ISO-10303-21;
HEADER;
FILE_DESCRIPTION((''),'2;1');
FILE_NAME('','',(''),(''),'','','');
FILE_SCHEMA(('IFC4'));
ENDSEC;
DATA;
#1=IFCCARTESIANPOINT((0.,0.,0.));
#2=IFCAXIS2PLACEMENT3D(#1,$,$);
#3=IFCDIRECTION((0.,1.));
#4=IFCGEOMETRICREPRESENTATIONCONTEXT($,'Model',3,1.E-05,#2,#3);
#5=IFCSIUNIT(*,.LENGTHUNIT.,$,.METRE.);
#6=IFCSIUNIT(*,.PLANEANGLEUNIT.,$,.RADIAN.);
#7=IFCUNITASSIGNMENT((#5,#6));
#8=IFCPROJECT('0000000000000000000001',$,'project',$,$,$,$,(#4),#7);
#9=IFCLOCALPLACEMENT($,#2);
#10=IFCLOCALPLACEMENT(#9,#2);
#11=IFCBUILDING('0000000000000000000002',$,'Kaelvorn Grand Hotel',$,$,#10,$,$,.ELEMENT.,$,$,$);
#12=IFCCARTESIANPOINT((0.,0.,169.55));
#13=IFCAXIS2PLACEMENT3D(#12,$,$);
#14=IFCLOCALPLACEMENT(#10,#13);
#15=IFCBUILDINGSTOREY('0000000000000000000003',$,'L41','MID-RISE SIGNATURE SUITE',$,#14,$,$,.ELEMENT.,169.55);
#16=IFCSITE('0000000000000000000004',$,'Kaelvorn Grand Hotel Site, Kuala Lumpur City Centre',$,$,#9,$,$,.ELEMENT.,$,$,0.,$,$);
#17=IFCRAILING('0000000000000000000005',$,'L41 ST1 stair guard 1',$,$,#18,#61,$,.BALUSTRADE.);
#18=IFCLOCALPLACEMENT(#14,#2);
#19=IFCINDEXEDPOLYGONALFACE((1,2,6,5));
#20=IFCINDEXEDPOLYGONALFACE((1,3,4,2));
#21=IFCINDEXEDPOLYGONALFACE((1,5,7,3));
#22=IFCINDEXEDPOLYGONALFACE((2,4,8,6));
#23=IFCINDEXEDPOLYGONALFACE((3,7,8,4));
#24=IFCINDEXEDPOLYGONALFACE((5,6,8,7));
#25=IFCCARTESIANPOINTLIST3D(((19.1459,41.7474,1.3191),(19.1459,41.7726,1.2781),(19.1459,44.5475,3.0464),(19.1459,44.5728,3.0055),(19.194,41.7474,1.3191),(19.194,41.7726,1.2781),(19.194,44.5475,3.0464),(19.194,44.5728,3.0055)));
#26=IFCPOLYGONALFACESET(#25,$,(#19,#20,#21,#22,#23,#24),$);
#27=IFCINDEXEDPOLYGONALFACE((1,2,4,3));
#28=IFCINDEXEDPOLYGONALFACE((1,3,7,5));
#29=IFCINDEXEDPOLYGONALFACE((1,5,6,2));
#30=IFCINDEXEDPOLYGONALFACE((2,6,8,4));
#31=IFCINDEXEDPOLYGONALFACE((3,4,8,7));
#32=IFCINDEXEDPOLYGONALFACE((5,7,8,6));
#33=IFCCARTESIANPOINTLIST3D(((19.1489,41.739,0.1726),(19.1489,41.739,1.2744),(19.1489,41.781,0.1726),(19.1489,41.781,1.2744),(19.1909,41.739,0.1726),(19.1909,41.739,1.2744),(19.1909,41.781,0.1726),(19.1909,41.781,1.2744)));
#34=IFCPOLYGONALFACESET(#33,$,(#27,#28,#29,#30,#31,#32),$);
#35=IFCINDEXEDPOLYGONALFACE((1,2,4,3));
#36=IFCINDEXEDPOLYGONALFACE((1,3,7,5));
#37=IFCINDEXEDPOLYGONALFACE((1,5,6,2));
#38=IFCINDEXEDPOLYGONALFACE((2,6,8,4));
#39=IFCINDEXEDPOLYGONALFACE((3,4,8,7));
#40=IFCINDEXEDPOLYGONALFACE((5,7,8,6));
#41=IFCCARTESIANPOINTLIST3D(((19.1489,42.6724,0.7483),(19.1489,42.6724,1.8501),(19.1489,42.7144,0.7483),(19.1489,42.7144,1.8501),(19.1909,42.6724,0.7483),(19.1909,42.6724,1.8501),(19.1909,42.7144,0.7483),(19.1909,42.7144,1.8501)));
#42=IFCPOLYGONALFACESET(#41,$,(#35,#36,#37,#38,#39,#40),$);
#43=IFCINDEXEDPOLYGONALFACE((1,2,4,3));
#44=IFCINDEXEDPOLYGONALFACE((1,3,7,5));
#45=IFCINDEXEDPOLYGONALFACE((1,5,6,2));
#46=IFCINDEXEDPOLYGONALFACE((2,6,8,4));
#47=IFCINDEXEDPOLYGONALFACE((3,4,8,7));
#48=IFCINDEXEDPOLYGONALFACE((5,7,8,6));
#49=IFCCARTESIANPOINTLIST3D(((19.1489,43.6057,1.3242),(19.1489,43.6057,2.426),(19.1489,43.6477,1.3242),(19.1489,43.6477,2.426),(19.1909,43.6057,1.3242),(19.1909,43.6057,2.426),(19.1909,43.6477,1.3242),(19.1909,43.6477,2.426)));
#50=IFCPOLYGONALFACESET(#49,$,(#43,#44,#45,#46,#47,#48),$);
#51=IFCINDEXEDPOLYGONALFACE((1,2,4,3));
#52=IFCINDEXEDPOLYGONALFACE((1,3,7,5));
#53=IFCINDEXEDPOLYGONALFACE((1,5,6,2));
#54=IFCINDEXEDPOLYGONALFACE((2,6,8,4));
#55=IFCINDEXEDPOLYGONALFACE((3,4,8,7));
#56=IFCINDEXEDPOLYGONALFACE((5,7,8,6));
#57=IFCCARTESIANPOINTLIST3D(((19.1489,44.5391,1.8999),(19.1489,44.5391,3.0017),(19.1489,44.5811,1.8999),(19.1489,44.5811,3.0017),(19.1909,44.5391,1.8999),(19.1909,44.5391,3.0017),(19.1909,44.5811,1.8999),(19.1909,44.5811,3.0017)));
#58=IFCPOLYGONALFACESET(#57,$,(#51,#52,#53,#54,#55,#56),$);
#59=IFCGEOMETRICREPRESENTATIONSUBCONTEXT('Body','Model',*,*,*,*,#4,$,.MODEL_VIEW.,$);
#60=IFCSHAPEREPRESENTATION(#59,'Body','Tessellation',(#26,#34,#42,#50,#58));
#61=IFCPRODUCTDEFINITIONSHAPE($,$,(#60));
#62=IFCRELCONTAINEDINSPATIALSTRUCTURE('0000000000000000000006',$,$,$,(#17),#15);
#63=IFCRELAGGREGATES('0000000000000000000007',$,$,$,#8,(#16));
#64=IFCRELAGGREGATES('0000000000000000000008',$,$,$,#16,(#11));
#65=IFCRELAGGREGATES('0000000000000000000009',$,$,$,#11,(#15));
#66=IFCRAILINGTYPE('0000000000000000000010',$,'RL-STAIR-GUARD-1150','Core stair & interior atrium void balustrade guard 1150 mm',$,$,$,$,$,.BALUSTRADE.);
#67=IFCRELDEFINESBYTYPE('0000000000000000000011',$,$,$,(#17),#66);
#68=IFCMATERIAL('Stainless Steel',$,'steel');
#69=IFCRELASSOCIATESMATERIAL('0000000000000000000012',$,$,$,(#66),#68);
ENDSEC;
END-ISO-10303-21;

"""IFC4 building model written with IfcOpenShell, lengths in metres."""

from ifc_helpers import new_model, si_unit, direction, frame, origin, origin_2d, place, context, subcontext, project, spatial, rectangle, extrude, material, type_object, element, save


model = new_model("IFC4")

# Units and contexts
model_context = context("Model", 3, precision=1e-05, world=origin(), true_north=direction((0.0, 1.0)))
body_context = subcontext(model_context, "Body", "Model", "MODEL_VIEW")
ifc_project = project(units=[si_unit("LENGTHUNIT", "METRE"), si_unit("PLANEANGLEUNIT", "RADIAN")], contexts=[model_context])

# Site, building, storey
site_placement = place(None, origin())
site = spatial("IfcSite", under=ifc_project, at=site_placement, Name="Kaelvorn Grand Hotel Site, Kuala Lumpur City Centre", CompositionType="ELEMENT", RefElevation=0.0)
building_placement = place(site_placement, origin())
building = spatial("IfcBuilding", under=site, at=building_placement, Name="Kaelvorn Grand Hotel", CompositionType="ELEMENT")
storey_placement = place(building_placement, frame((0.0, 0.0, 169.55)))
storey = spatial("IfcBuildingStorey", under=building, at=storey_placement, Name="L41", Description="MID-RISE SIGNATURE SUITE", CompositionType="ELEMENT", Elevation=169.55)

# Shared definitions
ifc_material_1 = material(Name="Stainless Steel", Category="steel")

# Railing
railing_type_1 = type_object("IfcRailingType", Name="RL-STAIR-GUARD-1150", Description="Core stair & interior atrium void balustrade guard 1150 mm", PredefinedType="BALUSTRADE", material=ifc_material_1)
railing_1_placement = place(storey_placement, frame((19.1699, 41.76, 0.1726)))
element("IfcRailing", 1, at=railing_1_placement, inside=storey, type_object=railing_type_1, Name="L41 ST1 stair guard 1", PredefinedType="BALUSTRADE", context=body_context, shape_type="SweptSolid", body=[
    extrude(rectangle(XDim=0.0481, YDim=0.0481, at=origin_2d()), frame((0.0, 0.0, 1.126), z_axis=(0.0, 0.85109, 0.52502), x_axis=(-1.0, 0.0, 0.0)), (0.0, 0.0, 1.0), 3.29),
    extrude(rectangle(XDim=0.042, YDim=0.042, at=origin_2d()), origin(), (0.0, 0.0, 1.0), 1.1018),
    extrude(rectangle(XDim=0.042, YDim=0.042, at=origin_2d()), frame((0.0, 0.9333, 0.5757)), (0.0, 0.0, 1.0), 1.1018),
    extrude(rectangle(XDim=0.042, YDim=0.042, at=origin_2d()), frame((0.0, 1.8667, 1.1516)), (0.0, 0.0, 1.0), 1.1018),
    extrude(rectangle(XDim=0.042, YDim=0.042, at=origin_2d()), frame((0.0, 2.8, 1.7273)), (0.0, 0.0, 1.0), 1.1018),
])

save(model, "model.ifc")
